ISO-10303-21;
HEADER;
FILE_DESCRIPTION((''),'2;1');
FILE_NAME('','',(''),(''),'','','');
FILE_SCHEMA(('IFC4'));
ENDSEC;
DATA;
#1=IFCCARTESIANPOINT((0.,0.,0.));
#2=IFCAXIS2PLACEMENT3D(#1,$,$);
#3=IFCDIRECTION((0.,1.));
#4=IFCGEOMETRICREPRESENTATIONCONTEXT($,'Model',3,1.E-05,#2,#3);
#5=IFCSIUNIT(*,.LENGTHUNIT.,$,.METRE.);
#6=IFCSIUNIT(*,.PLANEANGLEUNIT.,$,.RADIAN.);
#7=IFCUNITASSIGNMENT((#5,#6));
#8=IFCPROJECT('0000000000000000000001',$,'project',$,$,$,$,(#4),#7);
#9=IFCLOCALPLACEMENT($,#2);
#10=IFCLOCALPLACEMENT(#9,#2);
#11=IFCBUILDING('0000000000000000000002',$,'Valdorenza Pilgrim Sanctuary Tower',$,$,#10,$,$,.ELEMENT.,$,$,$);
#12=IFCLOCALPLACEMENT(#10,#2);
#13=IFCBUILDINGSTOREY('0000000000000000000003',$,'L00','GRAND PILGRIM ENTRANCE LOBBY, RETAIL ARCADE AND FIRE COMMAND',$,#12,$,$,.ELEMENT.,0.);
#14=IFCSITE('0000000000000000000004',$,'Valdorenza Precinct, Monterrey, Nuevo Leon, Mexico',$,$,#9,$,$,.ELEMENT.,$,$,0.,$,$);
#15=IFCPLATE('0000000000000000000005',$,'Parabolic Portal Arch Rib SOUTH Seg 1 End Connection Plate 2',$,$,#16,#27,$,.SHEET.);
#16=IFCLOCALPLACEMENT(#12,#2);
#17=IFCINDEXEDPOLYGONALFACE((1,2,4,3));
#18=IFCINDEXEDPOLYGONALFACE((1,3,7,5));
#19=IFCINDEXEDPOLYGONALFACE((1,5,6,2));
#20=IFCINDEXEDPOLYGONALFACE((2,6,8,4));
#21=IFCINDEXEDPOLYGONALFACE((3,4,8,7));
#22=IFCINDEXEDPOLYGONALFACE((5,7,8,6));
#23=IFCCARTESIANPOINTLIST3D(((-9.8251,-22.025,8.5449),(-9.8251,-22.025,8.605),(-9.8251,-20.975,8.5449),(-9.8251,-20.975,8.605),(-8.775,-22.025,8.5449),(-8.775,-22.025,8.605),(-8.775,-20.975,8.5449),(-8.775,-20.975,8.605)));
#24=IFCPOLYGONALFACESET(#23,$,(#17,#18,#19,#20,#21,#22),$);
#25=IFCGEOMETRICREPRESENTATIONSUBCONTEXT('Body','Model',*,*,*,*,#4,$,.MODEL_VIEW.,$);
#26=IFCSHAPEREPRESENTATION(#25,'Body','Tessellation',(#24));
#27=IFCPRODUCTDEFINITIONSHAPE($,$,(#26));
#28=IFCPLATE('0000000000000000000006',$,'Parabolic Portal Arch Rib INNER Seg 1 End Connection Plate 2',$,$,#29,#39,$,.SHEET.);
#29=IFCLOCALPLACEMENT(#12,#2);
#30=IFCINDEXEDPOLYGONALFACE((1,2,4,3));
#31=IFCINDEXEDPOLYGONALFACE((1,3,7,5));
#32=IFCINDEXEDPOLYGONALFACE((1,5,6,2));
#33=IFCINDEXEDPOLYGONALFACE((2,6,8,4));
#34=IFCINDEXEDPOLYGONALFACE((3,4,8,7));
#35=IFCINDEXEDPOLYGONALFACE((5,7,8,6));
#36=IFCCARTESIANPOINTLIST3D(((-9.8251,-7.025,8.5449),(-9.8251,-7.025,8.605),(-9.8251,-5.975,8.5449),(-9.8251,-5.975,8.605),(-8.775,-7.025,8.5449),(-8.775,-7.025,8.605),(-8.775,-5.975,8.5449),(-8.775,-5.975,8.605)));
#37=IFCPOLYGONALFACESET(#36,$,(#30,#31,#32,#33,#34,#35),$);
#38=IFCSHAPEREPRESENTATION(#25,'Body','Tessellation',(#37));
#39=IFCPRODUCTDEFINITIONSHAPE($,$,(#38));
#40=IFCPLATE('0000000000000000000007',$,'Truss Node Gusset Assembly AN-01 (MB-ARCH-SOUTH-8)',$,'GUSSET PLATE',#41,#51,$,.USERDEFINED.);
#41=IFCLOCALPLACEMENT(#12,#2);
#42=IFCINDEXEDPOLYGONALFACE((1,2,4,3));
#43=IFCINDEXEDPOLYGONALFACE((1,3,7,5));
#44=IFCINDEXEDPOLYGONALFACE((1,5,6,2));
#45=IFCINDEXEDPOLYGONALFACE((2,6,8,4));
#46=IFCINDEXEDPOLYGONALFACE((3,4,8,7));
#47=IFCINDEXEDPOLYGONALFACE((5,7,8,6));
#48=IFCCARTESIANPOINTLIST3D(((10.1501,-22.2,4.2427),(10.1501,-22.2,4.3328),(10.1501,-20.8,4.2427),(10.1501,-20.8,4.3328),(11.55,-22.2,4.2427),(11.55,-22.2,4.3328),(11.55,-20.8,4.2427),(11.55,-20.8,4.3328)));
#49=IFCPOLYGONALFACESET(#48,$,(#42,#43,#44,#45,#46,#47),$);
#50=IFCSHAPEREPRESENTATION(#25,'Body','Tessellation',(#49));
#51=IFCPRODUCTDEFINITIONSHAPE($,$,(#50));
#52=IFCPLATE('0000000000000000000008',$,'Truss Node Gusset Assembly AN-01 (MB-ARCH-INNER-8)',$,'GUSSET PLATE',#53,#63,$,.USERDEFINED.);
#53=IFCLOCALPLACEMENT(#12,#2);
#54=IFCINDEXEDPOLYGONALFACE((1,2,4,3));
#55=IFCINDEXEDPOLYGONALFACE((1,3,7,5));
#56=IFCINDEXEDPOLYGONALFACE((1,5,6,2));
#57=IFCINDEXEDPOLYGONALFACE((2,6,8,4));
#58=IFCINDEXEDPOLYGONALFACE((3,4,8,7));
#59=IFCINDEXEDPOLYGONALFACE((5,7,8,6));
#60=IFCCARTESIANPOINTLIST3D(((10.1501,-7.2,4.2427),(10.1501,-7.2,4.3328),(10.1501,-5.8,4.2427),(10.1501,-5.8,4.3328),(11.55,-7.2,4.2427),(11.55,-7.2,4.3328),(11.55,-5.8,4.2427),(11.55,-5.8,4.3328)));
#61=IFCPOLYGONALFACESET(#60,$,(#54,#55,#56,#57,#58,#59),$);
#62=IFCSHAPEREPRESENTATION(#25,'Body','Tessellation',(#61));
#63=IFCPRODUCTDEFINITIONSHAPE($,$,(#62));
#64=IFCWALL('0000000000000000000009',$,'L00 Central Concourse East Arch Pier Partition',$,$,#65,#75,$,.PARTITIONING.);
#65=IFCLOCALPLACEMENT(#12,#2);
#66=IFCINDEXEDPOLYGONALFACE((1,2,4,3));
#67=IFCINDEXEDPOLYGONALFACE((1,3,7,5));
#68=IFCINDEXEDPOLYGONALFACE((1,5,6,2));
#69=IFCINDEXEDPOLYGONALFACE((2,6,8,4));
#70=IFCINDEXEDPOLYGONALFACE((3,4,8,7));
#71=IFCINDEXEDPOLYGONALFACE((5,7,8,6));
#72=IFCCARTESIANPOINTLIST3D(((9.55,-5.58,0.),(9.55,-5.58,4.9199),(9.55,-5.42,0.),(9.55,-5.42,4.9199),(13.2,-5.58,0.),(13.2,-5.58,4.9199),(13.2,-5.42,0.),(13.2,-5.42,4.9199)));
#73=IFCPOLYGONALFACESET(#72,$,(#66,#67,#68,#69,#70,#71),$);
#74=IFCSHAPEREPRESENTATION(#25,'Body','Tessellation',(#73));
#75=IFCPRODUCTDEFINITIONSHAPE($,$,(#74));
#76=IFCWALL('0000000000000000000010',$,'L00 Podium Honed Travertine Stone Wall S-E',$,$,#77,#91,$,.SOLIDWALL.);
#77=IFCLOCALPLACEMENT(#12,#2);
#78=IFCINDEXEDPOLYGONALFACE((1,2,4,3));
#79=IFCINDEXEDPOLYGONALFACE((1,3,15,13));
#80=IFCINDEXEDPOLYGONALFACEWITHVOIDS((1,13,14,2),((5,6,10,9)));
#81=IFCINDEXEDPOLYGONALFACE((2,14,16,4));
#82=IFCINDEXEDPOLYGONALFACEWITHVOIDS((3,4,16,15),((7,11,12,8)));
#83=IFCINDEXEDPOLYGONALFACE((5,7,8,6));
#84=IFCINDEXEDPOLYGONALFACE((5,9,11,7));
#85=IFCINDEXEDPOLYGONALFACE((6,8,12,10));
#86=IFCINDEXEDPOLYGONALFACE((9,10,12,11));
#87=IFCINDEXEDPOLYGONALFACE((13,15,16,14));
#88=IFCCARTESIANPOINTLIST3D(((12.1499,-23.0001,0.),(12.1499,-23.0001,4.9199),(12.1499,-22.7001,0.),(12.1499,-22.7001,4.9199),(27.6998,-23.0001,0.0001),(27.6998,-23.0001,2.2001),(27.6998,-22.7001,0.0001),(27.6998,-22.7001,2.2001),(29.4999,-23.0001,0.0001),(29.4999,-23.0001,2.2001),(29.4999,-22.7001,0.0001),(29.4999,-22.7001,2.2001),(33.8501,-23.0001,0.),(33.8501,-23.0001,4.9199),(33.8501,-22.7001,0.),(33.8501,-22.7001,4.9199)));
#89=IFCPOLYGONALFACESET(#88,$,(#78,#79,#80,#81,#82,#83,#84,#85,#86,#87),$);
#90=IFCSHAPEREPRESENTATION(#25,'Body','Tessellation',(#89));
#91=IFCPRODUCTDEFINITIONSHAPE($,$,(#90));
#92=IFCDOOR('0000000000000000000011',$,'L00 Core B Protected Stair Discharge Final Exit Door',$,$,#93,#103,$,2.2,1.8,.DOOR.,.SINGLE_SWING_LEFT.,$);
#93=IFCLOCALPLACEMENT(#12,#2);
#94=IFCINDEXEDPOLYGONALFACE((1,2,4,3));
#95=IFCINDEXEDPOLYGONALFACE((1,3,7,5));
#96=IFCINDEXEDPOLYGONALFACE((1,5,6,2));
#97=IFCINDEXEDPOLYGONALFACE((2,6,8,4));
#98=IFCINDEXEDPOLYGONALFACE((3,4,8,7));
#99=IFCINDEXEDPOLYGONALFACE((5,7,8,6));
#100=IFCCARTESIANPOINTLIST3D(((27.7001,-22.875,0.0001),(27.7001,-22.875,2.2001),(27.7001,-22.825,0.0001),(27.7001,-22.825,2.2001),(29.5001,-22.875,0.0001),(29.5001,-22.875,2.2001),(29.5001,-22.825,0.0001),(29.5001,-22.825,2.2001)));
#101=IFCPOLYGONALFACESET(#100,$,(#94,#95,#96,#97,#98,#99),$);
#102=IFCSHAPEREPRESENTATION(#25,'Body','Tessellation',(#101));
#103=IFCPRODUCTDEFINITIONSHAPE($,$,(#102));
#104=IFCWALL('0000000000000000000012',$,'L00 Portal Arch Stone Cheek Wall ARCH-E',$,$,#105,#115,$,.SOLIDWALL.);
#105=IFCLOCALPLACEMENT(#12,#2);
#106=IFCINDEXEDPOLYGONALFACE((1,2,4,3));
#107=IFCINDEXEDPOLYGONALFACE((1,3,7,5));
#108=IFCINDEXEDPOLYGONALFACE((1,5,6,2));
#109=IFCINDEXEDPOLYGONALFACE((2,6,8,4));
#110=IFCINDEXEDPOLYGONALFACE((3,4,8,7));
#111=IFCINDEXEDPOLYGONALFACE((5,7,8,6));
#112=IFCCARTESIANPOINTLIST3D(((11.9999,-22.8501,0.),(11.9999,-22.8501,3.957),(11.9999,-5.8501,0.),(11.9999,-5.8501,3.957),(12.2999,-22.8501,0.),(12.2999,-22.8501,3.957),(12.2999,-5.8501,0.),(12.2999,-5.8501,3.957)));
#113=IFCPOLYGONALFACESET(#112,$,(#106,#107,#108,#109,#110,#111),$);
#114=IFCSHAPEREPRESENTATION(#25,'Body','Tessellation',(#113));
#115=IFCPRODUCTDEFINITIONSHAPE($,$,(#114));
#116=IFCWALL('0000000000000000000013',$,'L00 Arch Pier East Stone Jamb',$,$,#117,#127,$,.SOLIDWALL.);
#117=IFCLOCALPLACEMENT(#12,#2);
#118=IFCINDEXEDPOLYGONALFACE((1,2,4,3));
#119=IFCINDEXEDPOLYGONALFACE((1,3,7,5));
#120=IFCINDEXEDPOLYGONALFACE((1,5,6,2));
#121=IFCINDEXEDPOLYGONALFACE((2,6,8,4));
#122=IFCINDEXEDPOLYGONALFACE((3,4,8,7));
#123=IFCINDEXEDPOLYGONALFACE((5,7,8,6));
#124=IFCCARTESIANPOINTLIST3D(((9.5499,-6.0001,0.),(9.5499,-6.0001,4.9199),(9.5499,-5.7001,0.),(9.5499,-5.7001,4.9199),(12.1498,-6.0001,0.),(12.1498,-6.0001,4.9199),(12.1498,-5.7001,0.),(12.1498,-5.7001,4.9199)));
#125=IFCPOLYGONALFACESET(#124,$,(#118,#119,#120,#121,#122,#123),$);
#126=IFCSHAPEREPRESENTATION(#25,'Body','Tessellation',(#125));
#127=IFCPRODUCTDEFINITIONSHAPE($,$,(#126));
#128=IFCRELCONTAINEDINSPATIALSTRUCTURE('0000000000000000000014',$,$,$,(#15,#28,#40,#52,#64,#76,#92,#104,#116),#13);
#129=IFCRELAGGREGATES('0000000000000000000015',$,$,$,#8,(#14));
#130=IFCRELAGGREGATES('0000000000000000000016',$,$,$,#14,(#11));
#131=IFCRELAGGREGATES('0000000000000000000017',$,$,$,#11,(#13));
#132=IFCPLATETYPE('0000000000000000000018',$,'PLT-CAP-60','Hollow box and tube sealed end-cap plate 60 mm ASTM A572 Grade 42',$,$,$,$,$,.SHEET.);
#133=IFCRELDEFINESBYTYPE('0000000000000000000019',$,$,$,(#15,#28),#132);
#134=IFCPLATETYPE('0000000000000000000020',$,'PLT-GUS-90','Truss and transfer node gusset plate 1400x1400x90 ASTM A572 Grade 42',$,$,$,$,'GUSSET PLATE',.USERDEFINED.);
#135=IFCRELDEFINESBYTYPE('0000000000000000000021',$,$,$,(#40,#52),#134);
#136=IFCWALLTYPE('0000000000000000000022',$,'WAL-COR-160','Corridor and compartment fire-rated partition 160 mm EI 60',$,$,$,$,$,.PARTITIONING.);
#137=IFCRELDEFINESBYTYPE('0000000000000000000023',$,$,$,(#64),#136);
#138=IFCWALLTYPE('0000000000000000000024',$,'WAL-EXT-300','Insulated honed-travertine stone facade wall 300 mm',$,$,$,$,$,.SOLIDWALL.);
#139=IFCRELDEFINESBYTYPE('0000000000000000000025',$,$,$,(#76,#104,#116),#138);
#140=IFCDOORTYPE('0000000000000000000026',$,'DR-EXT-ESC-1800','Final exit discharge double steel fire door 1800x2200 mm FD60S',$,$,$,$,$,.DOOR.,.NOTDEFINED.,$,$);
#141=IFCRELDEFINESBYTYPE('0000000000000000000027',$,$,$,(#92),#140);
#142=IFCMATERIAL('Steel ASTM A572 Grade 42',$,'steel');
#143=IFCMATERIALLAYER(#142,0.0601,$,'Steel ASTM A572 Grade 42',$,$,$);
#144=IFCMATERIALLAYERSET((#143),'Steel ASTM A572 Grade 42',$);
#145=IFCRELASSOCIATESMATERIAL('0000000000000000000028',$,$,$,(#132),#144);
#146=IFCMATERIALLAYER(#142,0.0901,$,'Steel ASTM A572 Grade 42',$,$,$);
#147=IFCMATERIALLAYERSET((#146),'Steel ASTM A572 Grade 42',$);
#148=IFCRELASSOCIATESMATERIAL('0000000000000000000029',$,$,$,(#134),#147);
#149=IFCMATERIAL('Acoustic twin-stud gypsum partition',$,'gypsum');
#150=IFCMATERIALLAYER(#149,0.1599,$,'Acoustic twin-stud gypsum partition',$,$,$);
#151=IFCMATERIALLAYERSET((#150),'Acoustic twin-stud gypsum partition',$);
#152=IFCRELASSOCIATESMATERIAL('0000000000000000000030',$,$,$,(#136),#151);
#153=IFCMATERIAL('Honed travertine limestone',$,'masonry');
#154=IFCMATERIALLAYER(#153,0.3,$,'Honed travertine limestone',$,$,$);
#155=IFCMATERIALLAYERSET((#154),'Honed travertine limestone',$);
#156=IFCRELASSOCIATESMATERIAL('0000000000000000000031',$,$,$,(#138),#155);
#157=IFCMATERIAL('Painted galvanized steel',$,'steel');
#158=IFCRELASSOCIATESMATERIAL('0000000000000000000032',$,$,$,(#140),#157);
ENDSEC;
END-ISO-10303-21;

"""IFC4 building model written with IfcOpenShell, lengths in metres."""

from ifc_helpers import new_model, si_unit, direction, frame, frame_2d, origin, origin_2d, place, context, subcontext, project, spatial, rectangle, extrude, source, transform, mapped, material, layer, layer_set, type_object, element, fill, save


model = new_model("IFC4")

# Units and contexts
model_context = context("Model", 3, precision=1e-05, world=origin(), true_north=direction((0.0, 1.0)))
body_context = subcontext(model_context, "Body", "Model", "MODEL_VIEW")
ifc_project = project(units=[si_unit("LENGTHUNIT", "METRE"), si_unit("PLANEANGLEUNIT", "RADIAN")], contexts=[model_context])

# Site, building, storey
site_placement = place(None, origin())
site = spatial("IfcSite", under=ifc_project, at=site_placement, Name="Valdorenza Precinct, Monterrey, Nuevo Leon, Mexico", CompositionType="ELEMENT", RefElevation=0.0)
building_placement = place(site_placement, origin())
building = spatial("IfcBuilding", under=site, at=building_placement, Name="Valdorenza Pilgrim Sanctuary Tower", CompositionType="ELEMENT")
storey_placement = place(building_placement, origin())
storey = spatial("IfcBuildingStorey", under=building, at=storey_placement, Name="L00", Description="GRAND PILGRIM ENTRANCE LOBBY, RETAIL ARCADE AND FIRE COMMAND", CompositionType="ELEMENT", Elevation=0.0)

# Shared definitions
ifc_material_1 = material(Name="Steel ASTM A572 Grade 42", Category="steel")

# Plates
ifc_layer_1 = layer(ifc_material_1, 0.0601, Name="Steel ASTM A572 Grade 42")
ifc_layer_set_1 = layer_set([ifc_layer_1], Name="Steel ASTM A572 Grade 42")
plate_type_1 = type_object("IfcPlateType", Name="PLT-CAP-60", Description="Hollow box and tube sealed end-cap plate 60 mm ASTM A572 Grade 42", PredefinedType="SHEET", material=ifc_layer_set_1)
shared_shape_1 = source(origin(), body_context, "Body", "SweptSolid", [
    extrude(rectangle(XDim=1.05, YDim=1.05, at=origin_2d()), origin(), (0.0, 0.0, 1.0), 0.0601),
])
for number, where, z_axis, x_axis, name in (
    (1, (-9.3, -21.5, 8.5449), (0.0, 0.0, 1.0), (1.0, 0.0, 0.0), "Parabolic Portal Arch Rib SOUTH Seg 1 End Connection Plate 2"),
    (2, (-9.3, -6.5, 8.5449), (0.0, 0.0, 1.0), (1.0, 0.0, 0.0), "Parabolic Portal Arch Rib INNER Seg 1 End Connection Plate 2"),
):
    element("IfcPlate", number, at=place(storey_placement, frame(where, z_axis=z_axis, x_axis=x_axis)), inside=storey, type_object=plate_type_1, Name=name, PredefinedType="SHEET", context=body_context, shape_type="MappedRepresentation", body=[
        mapped(shared_shape_1, transform((0.0, 0.0, 0.0), x_axis=(1.0, 0.0, 0.0), y_axis=(0.0, 1.0, 0.0), z_axis=(0.0, 0.0, 1.0), scale=1.0)),
    ])
ifc_layer_2 = layer(ifc_material_1, 0.0901, Name="Steel ASTM A572 Grade 42")
ifc_layer_set_2 = layer_set([ifc_layer_2], Name="Steel ASTM A572 Grade 42")
plate_type_2 = type_object("IfcPlateType", Name="PLT-GUS-90", Description="Truss and transfer node gusset plate 1400x1400x90 ASTM A572 Grade 42", ElementType="GUSSET PLATE", PredefinedType="USERDEFINED", material=ifc_layer_set_2)
shared_shape_2 = source(origin(), body_context, "Body", "SweptSolid", [
    extrude(rectangle(XDim=1.3999, YDim=1.3999, at=origin_2d()), origin(), (0.0, 0.0, 1.0), 0.0901),
])
for number, where, z_axis, x_axis, name in (
    (3, (10.8501, -21.5, 4.2427), (0.0, 0.0, 1.0), (1.0, 0.0, 0.0), "Truss Node Gusset Assembly AN-01 (MB-ARCH-SOUTH-8)"),
    (4, (10.8501, -6.5, 4.2427), (0.0, 0.0, 1.0), (1.0, 0.0, 0.0), "Truss Node Gusset Assembly AN-01 (MB-ARCH-INNER-8)"),
):
    element("IfcPlate", number, at=place(storey_placement, frame(where, z_axis=z_axis, x_axis=x_axis)), inside=storey, type_object=plate_type_2, Name=name, ObjectType="GUSSET PLATE", PredefinedType="USERDEFINED", context=body_context, shape_type="MappedRepresentation", body=[
        mapped(shared_shape_2, transform((0.0, 0.0, 0.0), x_axis=(1.0, 0.0, 0.0), y_axis=(0.0, 1.0, 0.0), z_axis=(0.0, 0.0, 1.0), scale=1.0)),
    ])

# Wall
ifc_material_2 = material(Name="Acoustic twin-stud gypsum partition", Category="gypsum")
ifc_layer_3 = layer(ifc_material_2, 0.1599, Name="Acoustic twin-stud gypsum partition")
ifc_layer_set_3 = layer_set([ifc_layer_3], Name="Acoustic twin-stud gypsum partition")
wall_type_1 = type_object("IfcWallType", Name="WAL-COR-160", Description="Corridor and compartment fire-rated partition 160 mm EI 60", PredefinedType="PARTITIONING", material=ifc_layer_set_3)
wall_1_placement = place(storey_placement, frame((9.55, -5.5, 0.0), z_axis=(0.0, 0.0, 1.0), x_axis=(1.0, 0.0, 0.0)))
element("IfcWall", 5, at=wall_1_placement, inside=storey, type_object=wall_type_1, Name="L00 Central Concourse East Arch Pier Partition", PredefinedType="PARTITIONING", context=body_context, shape_type="SweptSolid", body=[
    extrude(rectangle(XDim=3.6499, YDim=0.1599, at=frame_2d((1.825, 0.0))), origin(), (0.0, 0.0, 1.0), 4.9199),
])

# Wall, opening, door
ifc_material_3 = material(Name="Honed travertine limestone", Category="masonry")
ifc_layer_4 = layer(ifc_material_3, 0.3, Name="Honed travertine limestone")
ifc_layer_set_4 = layer_set([ifc_layer_4], Name="Honed travertine limestone")
wall_type_2 = type_object("IfcWallType", Name="WAL-EXT-300", Description="Insulated honed-travertine stone facade wall 300 mm", PredefinedType="SOLIDWALL", material=ifc_layer_set_4)
wall_2_placement = place(storey_placement, frame((12.1499, -22.8501, 0.0), z_axis=(0.0, 0.0, 1.0), x_axis=(1.0, 0.0, 0.0)))
wall_2 = element("IfcWall", 6, at=wall_2_placement, inside=storey, type_object=wall_type_2, Name="L00 Podium Honed Travertine Stone Wall S-E", PredefinedType="SOLIDWALL", context=body_context, shape_type="SweptSolid", body=[
    extrude(rectangle(XDim=21.7002, YDim=0.3, at=frame_2d((10.8501, 0.0))), origin(), (0.0, 0.0, 1.0), 4.9199),
])
opening_1_placement = place(wall_2_placement, frame((15.55, 0.0, 0.0)))
opening_1 = element("IfcOpeningElement", 7, at=opening_1_placement, cuts=wall_2, PredefinedType="OPENING", context=body_context, shape_type="SweptSolid", body=[
    extrude(rectangle(XDim=1.8, YDim=2.2, at=frame_2d((0.8999, 1.1001))), frame((0.0, 0.165, 0.0), z_axis=(0.0, -1.0, 0.0), x_axis=(1.0, 0.0, 0.0)), (0.0, 0.0, 1.0), 0.3298),
])
ifc_material_4 = material(Name="Painted galvanized steel", Category="steel")
door_type_1 = type_object("IfcDoorType", Name="DR-EXT-ESC-1800", Description="Final exit discharge double steel fire door 1800x2200 mm FD60S", OperationType="NOTDEFINED", PredefinedType="DOOR", material=ifc_material_4)
door_1_placement = place(opening_1_placement, frame((1.8, 0.0, 0.0), z_axis=(0.0, 0.0, 1.0), x_axis=(-1.0, 0.0, 0.0)))
door_1 = element("IfcDoor", 8, at=door_1_placement, inside=storey, type_object=door_type_1, Name="L00 Core B Protected Stair Discharge Final Exit Door", OperationType="SINGLE_SWING_LEFT", OverallHeight=2.2, OverallWidth=1.8, PredefinedType="DOOR", context=body_context, shape_type="SweptSolid", body=[
    extrude(rectangle(XDim=1.8, YDim=2.2, at=frame_2d((0.8999, 1.1001))), frame((0.0, 0.0249, 0.0), z_axis=(0.0, -1.0, 0.0), x_axis=(1.0, 0.0, 0.0)), (0.0, 0.0, 1.0), 0.05),
])
fill(opening_1, door_1)

# Walls
wall_3_placement = place(storey_placement, frame((12.1499, -22.8501, 0.0), z_axis=(0.0, 0.0, 1.0), x_axis=(0.0, 1.0, 0.0)))
element("IfcWall", 9, at=wall_3_placement, inside=storey, type_object=wall_type_2, Name="L00 Portal Arch Stone Cheek Wall ARCH-E", PredefinedType="SOLIDWALL", context=body_context, shape_type="SweptSolid", body=[
    extrude(rectangle(XDim=17.0, YDim=0.3, at=frame_2d((8.5, 0.0))), origin(), (0.0, 0.0, 1.0), 3.957),
])
wall_4_placement = place(storey_placement, frame((9.55, -5.8501, 0.0), z_axis=(0.0, 0.0, 1.0), x_axis=(1.0, 0.0, 0.0)))
element("IfcWall", 10, at=wall_4_placement, inside=storey, type_object=wall_type_2, Name="L00 Arch Pier East Stone Jamb", PredefinedType="SOLIDWALL", context=body_context, shape_type="SweptSolid", body=[
    extrude(rectangle(XDim=2.5999, YDim=0.3, at=frame_2d((1.2998, 0.0))), origin(), (0.0, 0.0, 1.0), 4.9199),
])

save(model, "model.ifc")
